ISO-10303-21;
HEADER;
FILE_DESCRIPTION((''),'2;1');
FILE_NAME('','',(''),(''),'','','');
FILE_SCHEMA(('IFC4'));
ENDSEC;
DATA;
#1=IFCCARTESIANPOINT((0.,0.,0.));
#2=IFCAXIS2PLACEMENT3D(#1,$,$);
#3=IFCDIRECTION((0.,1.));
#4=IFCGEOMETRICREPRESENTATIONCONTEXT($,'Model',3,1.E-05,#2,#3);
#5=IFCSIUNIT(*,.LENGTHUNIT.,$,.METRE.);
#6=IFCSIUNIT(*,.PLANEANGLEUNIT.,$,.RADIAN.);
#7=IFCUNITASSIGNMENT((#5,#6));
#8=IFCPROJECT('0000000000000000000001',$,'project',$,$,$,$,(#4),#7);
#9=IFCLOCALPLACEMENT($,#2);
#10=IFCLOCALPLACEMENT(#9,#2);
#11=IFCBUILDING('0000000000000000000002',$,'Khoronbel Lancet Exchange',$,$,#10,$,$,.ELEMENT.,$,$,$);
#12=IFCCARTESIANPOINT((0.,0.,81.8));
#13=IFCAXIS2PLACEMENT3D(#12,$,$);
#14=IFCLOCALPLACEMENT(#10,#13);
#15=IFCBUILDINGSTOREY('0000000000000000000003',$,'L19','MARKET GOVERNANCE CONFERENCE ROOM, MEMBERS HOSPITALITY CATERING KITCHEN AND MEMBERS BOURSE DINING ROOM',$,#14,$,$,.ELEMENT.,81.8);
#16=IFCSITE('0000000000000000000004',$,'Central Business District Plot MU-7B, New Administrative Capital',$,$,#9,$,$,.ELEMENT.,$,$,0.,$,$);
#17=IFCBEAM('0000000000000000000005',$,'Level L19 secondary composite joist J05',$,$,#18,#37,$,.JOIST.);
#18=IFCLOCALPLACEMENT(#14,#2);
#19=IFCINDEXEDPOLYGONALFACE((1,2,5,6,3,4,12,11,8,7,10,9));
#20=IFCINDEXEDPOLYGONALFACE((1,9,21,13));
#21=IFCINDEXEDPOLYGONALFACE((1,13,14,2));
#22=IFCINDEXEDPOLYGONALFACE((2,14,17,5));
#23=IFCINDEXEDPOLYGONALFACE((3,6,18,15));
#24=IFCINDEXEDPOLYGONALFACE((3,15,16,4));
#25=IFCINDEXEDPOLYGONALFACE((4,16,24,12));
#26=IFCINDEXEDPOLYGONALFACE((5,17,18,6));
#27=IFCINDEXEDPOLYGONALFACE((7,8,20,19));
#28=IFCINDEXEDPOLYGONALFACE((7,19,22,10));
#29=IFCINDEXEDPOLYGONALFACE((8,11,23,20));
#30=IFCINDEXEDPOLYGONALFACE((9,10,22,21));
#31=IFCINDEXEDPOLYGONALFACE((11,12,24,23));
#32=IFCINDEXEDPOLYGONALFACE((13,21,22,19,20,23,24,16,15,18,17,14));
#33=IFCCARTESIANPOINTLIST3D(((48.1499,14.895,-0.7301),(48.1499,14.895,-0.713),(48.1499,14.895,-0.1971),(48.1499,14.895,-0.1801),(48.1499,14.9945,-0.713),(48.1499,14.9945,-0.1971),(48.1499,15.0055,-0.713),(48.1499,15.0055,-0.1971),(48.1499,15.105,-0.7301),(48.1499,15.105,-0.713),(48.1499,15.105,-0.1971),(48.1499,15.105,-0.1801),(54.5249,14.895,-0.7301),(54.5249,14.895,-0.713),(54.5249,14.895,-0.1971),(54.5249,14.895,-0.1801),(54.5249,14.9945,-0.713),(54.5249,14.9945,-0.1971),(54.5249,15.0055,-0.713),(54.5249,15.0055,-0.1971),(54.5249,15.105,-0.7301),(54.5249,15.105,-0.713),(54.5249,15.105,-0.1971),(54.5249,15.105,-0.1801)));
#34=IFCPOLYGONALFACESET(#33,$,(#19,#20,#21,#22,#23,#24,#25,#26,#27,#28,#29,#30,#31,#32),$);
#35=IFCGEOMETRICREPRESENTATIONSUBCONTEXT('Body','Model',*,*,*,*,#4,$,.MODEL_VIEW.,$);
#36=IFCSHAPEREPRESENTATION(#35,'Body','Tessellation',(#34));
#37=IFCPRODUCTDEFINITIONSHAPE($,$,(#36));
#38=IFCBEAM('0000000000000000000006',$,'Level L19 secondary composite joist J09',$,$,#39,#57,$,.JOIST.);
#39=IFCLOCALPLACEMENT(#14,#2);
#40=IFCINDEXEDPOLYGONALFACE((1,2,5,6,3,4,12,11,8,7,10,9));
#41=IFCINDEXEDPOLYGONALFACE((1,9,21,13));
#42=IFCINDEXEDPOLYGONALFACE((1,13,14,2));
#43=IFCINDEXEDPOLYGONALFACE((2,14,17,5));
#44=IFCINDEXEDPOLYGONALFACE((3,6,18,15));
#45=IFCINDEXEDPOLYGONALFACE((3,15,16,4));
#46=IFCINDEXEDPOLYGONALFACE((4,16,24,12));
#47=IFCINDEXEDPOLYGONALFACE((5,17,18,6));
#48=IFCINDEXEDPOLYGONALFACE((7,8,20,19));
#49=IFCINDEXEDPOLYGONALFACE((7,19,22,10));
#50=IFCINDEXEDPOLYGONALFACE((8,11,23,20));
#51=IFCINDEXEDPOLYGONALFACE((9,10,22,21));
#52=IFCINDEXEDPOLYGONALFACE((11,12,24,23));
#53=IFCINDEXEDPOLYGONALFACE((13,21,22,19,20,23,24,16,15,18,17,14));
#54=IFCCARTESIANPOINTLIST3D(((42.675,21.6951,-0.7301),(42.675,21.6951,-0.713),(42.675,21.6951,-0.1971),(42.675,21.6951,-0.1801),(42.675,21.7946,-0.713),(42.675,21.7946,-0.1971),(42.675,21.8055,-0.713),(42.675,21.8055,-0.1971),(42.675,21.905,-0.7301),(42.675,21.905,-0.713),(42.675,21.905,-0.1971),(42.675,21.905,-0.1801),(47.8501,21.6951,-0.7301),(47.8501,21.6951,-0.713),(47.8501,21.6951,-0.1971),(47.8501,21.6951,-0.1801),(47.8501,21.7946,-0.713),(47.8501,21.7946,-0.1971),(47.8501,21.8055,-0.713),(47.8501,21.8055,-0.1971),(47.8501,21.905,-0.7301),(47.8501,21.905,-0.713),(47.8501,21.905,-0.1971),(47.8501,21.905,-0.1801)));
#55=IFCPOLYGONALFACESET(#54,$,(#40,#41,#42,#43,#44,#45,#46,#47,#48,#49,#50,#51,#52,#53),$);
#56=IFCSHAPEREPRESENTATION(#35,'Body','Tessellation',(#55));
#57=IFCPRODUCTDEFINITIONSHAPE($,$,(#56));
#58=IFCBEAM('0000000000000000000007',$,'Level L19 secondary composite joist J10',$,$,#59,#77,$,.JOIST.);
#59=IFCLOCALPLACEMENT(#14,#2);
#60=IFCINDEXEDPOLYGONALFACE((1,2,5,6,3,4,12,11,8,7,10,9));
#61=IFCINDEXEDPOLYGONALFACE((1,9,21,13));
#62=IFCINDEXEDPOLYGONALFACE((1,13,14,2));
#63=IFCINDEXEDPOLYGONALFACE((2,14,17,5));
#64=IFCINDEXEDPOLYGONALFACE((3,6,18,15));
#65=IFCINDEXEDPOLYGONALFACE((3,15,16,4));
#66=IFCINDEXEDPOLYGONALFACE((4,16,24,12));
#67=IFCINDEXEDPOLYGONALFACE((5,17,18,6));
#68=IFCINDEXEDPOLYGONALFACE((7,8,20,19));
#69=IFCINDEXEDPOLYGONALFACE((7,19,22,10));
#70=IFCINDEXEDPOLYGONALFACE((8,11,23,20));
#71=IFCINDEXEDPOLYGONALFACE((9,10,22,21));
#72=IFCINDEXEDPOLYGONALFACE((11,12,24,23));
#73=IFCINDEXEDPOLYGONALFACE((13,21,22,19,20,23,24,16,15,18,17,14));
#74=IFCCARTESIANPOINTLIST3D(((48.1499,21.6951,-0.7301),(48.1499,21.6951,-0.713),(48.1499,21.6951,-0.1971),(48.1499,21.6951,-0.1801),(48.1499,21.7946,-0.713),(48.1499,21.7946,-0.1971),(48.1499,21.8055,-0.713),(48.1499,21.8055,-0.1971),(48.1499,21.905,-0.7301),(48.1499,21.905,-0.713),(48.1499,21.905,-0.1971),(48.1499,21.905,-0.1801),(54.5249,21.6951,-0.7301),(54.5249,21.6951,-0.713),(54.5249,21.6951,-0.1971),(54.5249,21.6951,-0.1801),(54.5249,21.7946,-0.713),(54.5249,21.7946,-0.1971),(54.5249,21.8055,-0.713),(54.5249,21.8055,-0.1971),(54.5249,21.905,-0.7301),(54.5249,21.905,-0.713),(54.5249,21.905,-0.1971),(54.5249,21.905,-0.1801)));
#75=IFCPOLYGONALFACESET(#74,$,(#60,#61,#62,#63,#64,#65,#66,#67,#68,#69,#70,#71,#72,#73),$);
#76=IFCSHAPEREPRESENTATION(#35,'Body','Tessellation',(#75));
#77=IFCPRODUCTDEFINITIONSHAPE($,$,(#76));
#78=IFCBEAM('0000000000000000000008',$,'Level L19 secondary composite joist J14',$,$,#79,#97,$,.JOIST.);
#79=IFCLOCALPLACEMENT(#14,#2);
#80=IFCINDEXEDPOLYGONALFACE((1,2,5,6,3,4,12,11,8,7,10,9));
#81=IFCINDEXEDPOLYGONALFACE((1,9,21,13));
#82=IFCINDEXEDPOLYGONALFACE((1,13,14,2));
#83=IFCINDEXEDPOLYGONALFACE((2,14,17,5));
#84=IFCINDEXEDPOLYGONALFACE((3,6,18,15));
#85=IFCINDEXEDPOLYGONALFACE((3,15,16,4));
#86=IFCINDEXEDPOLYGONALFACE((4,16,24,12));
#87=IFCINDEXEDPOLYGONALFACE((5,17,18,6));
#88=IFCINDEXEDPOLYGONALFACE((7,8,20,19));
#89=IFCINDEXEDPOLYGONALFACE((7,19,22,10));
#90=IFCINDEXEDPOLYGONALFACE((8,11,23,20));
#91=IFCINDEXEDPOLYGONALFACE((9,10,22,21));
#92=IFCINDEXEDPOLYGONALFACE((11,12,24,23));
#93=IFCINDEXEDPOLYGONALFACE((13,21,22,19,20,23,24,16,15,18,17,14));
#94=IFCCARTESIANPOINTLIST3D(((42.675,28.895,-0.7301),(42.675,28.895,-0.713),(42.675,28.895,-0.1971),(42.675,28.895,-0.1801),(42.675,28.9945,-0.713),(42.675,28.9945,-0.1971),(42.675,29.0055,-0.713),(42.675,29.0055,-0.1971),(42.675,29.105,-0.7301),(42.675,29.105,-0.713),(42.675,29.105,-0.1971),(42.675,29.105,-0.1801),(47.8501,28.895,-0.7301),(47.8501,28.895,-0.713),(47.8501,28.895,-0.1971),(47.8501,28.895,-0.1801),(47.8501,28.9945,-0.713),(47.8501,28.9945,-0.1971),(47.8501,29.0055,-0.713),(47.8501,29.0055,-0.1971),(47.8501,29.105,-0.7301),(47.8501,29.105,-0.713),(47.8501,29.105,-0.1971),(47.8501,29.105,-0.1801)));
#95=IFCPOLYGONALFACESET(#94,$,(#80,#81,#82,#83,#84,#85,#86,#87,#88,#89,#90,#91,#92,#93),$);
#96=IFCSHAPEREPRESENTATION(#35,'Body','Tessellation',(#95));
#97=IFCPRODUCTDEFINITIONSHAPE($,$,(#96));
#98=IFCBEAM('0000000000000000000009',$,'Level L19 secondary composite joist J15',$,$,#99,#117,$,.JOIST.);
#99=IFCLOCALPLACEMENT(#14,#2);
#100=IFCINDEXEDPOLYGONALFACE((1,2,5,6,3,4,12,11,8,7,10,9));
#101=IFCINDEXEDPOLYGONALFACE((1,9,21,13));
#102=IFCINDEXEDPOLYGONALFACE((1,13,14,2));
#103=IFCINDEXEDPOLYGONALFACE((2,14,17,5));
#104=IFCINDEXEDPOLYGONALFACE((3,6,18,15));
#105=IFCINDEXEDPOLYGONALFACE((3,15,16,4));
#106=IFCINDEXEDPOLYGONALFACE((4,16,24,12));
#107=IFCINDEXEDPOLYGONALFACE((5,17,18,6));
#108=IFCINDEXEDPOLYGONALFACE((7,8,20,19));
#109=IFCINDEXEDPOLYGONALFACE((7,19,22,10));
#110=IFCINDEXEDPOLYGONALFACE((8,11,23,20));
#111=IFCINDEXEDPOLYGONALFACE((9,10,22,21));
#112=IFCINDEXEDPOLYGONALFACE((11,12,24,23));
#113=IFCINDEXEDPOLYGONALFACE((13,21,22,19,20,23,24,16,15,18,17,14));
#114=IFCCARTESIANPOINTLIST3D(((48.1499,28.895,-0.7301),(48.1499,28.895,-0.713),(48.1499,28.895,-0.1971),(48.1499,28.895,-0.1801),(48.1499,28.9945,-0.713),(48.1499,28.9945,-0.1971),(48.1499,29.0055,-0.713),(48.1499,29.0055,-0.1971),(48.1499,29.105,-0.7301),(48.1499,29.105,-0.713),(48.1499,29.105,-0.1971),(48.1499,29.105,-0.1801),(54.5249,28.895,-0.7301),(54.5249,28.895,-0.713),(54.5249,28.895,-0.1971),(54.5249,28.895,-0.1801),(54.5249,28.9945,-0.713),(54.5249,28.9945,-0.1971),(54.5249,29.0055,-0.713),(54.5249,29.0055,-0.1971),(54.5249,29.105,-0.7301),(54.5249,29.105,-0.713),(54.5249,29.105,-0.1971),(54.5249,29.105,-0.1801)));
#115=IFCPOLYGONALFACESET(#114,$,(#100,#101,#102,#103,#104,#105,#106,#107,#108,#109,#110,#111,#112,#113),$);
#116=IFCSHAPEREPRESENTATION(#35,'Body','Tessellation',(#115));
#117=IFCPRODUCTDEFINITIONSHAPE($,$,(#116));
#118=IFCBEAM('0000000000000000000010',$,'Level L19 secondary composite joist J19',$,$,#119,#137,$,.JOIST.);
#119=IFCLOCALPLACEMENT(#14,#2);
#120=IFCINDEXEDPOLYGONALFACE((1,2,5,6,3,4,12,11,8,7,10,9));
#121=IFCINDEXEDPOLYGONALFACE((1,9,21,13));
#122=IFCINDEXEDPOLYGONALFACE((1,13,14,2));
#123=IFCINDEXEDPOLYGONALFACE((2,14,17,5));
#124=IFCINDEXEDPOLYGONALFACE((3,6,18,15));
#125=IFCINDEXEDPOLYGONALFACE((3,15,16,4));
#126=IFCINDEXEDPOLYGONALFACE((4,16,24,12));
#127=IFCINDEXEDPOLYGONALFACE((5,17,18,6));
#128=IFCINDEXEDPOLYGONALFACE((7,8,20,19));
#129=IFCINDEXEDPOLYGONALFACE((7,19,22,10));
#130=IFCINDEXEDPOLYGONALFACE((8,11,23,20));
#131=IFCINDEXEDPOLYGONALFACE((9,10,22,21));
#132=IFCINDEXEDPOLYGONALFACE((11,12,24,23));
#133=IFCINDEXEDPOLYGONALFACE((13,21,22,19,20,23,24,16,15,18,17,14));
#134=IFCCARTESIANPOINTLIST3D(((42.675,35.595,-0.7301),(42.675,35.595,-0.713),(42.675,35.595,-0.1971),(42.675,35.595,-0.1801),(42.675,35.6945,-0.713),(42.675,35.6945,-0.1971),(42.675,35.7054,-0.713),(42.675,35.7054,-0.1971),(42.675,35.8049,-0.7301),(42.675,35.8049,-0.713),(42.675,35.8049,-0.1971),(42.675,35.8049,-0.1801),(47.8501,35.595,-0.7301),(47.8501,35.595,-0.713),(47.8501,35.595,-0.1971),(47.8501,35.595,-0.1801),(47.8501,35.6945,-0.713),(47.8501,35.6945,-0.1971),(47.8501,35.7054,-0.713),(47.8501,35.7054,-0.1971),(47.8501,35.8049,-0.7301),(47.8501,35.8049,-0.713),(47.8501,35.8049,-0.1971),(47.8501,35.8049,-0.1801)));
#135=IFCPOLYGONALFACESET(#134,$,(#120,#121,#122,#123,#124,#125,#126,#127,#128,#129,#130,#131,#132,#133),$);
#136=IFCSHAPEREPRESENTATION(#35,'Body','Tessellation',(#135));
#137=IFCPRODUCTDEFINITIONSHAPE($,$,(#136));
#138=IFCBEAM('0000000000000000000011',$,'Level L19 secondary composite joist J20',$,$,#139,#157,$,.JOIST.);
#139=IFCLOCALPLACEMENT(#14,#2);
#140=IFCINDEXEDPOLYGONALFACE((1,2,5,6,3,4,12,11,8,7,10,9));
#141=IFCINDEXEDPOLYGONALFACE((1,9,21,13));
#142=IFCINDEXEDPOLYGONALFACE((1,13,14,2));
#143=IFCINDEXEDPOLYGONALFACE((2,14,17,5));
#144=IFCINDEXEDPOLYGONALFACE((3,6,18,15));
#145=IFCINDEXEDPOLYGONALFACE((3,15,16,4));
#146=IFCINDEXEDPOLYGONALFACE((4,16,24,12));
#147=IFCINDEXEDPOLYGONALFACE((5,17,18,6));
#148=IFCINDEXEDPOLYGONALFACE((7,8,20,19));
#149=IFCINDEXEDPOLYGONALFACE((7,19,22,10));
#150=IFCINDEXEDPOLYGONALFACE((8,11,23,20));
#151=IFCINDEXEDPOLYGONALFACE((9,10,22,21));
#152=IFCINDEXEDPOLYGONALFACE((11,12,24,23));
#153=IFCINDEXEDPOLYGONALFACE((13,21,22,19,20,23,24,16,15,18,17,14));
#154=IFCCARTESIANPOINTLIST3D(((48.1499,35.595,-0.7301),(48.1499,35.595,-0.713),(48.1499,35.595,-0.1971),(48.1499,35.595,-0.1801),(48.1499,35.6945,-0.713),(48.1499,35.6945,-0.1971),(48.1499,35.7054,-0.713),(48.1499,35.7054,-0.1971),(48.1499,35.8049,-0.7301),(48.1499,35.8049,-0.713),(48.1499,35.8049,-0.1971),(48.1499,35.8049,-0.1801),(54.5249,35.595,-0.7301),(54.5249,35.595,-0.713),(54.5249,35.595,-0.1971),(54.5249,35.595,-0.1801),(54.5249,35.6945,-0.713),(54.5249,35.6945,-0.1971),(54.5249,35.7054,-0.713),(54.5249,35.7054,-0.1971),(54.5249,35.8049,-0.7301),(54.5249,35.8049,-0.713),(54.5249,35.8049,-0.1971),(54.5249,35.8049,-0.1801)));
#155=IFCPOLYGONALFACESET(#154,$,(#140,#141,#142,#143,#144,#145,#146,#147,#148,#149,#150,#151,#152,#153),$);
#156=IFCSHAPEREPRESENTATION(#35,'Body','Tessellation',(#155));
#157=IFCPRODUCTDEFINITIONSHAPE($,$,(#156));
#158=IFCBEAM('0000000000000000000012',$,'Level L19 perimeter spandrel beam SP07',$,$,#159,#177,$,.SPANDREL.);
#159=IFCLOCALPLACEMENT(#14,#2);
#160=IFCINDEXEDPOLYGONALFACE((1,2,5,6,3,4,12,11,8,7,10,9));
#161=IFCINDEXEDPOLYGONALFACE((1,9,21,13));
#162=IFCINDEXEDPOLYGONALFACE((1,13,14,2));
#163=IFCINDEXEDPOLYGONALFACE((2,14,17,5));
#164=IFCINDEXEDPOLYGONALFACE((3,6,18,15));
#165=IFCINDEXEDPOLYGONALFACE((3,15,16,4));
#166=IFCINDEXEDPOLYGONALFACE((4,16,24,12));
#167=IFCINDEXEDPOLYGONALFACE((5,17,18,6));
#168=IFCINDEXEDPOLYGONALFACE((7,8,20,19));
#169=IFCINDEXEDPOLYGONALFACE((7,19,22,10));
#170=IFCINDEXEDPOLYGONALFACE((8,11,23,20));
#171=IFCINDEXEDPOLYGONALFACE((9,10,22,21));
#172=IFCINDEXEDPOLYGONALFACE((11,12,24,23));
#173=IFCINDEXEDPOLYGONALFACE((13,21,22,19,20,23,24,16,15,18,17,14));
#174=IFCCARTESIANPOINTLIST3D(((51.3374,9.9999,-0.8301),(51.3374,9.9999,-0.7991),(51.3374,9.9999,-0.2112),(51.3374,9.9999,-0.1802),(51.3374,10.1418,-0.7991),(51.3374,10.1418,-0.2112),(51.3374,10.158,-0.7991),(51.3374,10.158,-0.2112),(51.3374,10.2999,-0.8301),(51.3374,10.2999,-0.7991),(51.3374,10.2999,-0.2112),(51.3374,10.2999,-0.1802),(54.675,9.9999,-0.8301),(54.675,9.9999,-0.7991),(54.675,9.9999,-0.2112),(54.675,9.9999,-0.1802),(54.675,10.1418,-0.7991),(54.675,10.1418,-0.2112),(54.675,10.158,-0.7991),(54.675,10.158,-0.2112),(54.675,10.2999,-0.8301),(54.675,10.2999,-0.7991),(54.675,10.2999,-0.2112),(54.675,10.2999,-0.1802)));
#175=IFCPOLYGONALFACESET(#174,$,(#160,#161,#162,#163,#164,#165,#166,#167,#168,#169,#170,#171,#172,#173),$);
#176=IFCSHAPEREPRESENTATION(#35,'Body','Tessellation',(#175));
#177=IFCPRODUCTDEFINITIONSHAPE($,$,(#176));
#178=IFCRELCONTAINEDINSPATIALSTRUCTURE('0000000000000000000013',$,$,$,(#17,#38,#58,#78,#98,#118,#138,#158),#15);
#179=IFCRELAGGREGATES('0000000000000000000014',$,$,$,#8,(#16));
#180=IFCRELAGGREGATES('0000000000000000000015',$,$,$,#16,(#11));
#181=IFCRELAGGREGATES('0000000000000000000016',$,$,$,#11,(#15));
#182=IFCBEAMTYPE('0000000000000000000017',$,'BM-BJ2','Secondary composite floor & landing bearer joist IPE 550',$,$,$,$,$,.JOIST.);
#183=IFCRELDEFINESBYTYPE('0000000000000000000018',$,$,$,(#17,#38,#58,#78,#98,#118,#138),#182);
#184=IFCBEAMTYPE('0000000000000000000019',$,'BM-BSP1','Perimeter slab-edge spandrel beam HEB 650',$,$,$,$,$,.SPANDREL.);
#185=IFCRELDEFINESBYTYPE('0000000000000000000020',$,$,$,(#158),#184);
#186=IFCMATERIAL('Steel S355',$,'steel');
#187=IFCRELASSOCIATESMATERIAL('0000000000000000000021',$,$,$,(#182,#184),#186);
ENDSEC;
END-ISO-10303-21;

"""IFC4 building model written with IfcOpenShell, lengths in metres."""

from ifc_helpers import new_model, si_unit, direction, frame, origin, origin_2d, place, context, subcontext, project, spatial, i_section, extrude, material, material_profile, profile_set, type_object, element, save


model = new_model("IFC4")

# Units and contexts
model_context = context("Model", 3, precision=1e-05, world=origin(), true_north=direction((0.0, 1.0)))
body_context = subcontext(model_context, "Body", "Model", "MODEL_VIEW")
ifc_project = project(units=[si_unit("LENGTHUNIT", "METRE"), si_unit("PLANEANGLEUNIT", "RADIAN")], contexts=[model_context])

# Site, building, storey
site_placement = place(None, origin())
site = spatial("IfcSite", under=ifc_project, at=site_placement, Name="Central Business District Plot MU-7B, New Administrative Capital", CompositionType="ELEMENT", RefElevation=0.0)
building_placement = place(site_placement, origin())
building = spatial("IfcBuilding", under=site, at=building_placement, Name="Khoronbel Lancet Exchange", CompositionType="ELEMENT")
storey_placement = place(building_placement, frame((0.0, 0.0, 81.8)))
storey = spatial("IfcBuildingStorey", under=building, at=storey_placement, Name="L19", Description="MARKET GOVERNANCE CONFERENCE ROOM, MEMBERS HOSPITALITY CATERING KITCHEN AND MEMBERS BOURSE DINING ROOM", CompositionType="ELEMENT", Elevation=81.8)

# Beams
ifc_material_1 = material(Name="Steel S355", Category="steel")
ifc_material_profile_1 = material_profile(ifc_material_1, i_section(OverallWidth=0.21, OverallDepth=0.55, WebThickness=0.011, FlangeThickness=0.0171, at=origin_2d()), Name="IPE 550")
ifc_profile_set_1 = profile_set([ifc_material_profile_1], Name="Steel S355")
beam_type_1 = type_object("IfcBeamType", Name="BM-BJ2", Description="Secondary composite floor & landing bearer joist IPE 550", PredefinedType="JOIST", material=ifc_profile_set_1)
beam_1_placement = place(storey_placement, frame((48.1499, 15.0, -0.4551), z_axis=(1.0, 0.0, 0.0), x_axis=(0.0, 1.0, 0.0)))
element("IfcBeam", 1, at=beam_1_placement, inside=storey, type_object=beam_type_1, Name="Level L19 secondary composite joist J05", PredefinedType="JOIST", context=body_context, shape_type="SweptSolid", body=[
    extrude(i_section(OverallWidth=0.21, OverallDepth=0.55, WebThickness=0.011, FlangeThickness=0.0171, at=origin_2d()), origin(), (0.0, 0.0, 1.0), 6.375),
])
beam_2_placement = place(storey_placement, frame((42.675, 21.8, -0.4551), z_axis=(1.0, 0.0, 0.0), x_axis=(0.0, 1.0, 0.0)))
element("IfcBeam", 2, at=beam_2_placement, inside=storey, type_object=beam_type_1, Name="Level L19 secondary composite joist J09", PredefinedType="JOIST", context=body_context, shape_type="SweptSolid", body=[
    extrude(i_section(OverallWidth=0.21, OverallDepth=0.55, WebThickness=0.011, FlangeThickness=0.0171, at=origin_2d()), origin(), (0.0, 0.0, 1.0), 5.175),
])
beam_3_placement = place(storey_placement, frame((48.1499, 21.8, -0.4551), z_axis=(1.0, 0.0, 0.0), x_axis=(0.0, 1.0, 0.0)))
element("IfcBeam", 3, at=beam_3_placement, inside=storey, type_object=beam_type_1, Name="Level L19 secondary composite joist J10", PredefinedType="JOIST", context=body_context, shape_type="SweptSolid", body=[
    extrude(i_section(OverallWidth=0.21, OverallDepth=0.55, WebThickness=0.011, FlangeThickness=0.0171, at=origin_2d()), origin(), (0.0, 0.0, 1.0), 6.375),
])
beam_4_placement = place(storey_placement, frame((42.675, 29.0, -0.4551), z_axis=(1.0, 0.0, 0.0), x_axis=(0.0, 1.0, 0.0)))
element("IfcBeam", 4, at=beam_4_placement, inside=storey, type_object=beam_type_1, Name="Level L19 secondary composite joist J14", PredefinedType="JOIST", context=body_context, shape_type="SweptSolid", body=[
    extrude(i_section(OverallWidth=0.21, OverallDepth=0.55, WebThickness=0.011, FlangeThickness=0.0171, at=origin_2d()), origin(), (0.0, 0.0, 1.0), 5.175),
])
beam_5_placement = place(storey_placement, frame((48.1499, 29.0, -0.4551), z_axis=(1.0, 0.0, 0.0), x_axis=(0.0, 1.0, 0.0)))
element("IfcBeam", 5, at=beam_5_placement, inside=storey, type_object=beam_type_1, Name="Level L19 secondary composite joist J15", PredefinedType="JOIST", context=body_context, shape_type="SweptSolid", body=[
    extrude(i_section(OverallWidth=0.21, OverallDepth=0.55, WebThickness=0.011, FlangeThickness=0.0171, at=origin_2d()), origin(), (0.0, 0.0, 1.0), 6.375),
])
beam_6_placement = place(storey_placement, frame((42.675, 35.7, -0.4551), z_axis=(1.0, 0.0, 0.0), x_axis=(0.0, 1.0, 0.0)))
element("IfcBeam", 6, at=beam_6_placement, inside=storey, type_object=beam_type_1, Name="Level L19 secondary composite joist J19", PredefinedType="JOIST", context=body_context, shape_type="SweptSolid", body=[
    extrude(i_section(OverallWidth=0.21, OverallDepth=0.55, WebThickness=0.011, FlangeThickness=0.0171, at=origin_2d()), origin(), (0.0, 0.0, 1.0), 5.175),
])
beam_7_placement = place(storey_placement, frame((48.1499, 35.7, -0.4551), z_axis=(1.0, 0.0, 0.0), x_axis=(0.0, 1.0, 0.0)))
element("IfcBeam", 7, at=beam_7_placement, inside=storey, type_object=beam_type_1, Name="Level L19 secondary composite joist J20", PredefinedType="JOIST", context=body_context, shape_type="SweptSolid", body=[
    extrude(i_section(OverallWidth=0.21, OverallDepth=0.55, WebThickness=0.011, FlangeThickness=0.0171, at=origin_2d()), origin(), (0.0, 0.0, 1.0), 6.375),
])
ifc_material_profile_2 = material_profile(ifc_material_1, i_section(OverallWidth=0.3, OverallDepth=0.6499, WebThickness=0.0161, FlangeThickness=0.031, at=origin_2d()), Name="HEB 650")
ifc_profile_set_2 = profile_set([ifc_material_profile_2], Name="Steel S355")
beam_type_2 = type_object("IfcBeamType", Name="BM-BSP1", Description="Perimeter slab-edge spandrel beam HEB 650", PredefinedType="SPANDREL", material=ifc_profile_set_2)
beam_8_placement = place(storey_placement, frame((51.3374, 10.1499, -0.5051), z_axis=(1.0, 0.0, 0.0), x_axis=(0.0, 1.0, 0.0)))
element("IfcBeam", 8, at=beam_8_placement, inside=storey, type_object=beam_type_2, Name="Level L19 perimeter spandrel beam SP07", PredefinedType="SPANDREL", context=body_context, shape_type="SweptSolid", body=[
    extrude(i_section(OverallWidth=0.3, OverallDepth=0.6499, WebThickness=0.0161, FlangeThickness=0.031, at=origin_2d()), origin(), (0.0, 0.0, 1.0), 3.3376),
])

save(model, "model.ifc")
